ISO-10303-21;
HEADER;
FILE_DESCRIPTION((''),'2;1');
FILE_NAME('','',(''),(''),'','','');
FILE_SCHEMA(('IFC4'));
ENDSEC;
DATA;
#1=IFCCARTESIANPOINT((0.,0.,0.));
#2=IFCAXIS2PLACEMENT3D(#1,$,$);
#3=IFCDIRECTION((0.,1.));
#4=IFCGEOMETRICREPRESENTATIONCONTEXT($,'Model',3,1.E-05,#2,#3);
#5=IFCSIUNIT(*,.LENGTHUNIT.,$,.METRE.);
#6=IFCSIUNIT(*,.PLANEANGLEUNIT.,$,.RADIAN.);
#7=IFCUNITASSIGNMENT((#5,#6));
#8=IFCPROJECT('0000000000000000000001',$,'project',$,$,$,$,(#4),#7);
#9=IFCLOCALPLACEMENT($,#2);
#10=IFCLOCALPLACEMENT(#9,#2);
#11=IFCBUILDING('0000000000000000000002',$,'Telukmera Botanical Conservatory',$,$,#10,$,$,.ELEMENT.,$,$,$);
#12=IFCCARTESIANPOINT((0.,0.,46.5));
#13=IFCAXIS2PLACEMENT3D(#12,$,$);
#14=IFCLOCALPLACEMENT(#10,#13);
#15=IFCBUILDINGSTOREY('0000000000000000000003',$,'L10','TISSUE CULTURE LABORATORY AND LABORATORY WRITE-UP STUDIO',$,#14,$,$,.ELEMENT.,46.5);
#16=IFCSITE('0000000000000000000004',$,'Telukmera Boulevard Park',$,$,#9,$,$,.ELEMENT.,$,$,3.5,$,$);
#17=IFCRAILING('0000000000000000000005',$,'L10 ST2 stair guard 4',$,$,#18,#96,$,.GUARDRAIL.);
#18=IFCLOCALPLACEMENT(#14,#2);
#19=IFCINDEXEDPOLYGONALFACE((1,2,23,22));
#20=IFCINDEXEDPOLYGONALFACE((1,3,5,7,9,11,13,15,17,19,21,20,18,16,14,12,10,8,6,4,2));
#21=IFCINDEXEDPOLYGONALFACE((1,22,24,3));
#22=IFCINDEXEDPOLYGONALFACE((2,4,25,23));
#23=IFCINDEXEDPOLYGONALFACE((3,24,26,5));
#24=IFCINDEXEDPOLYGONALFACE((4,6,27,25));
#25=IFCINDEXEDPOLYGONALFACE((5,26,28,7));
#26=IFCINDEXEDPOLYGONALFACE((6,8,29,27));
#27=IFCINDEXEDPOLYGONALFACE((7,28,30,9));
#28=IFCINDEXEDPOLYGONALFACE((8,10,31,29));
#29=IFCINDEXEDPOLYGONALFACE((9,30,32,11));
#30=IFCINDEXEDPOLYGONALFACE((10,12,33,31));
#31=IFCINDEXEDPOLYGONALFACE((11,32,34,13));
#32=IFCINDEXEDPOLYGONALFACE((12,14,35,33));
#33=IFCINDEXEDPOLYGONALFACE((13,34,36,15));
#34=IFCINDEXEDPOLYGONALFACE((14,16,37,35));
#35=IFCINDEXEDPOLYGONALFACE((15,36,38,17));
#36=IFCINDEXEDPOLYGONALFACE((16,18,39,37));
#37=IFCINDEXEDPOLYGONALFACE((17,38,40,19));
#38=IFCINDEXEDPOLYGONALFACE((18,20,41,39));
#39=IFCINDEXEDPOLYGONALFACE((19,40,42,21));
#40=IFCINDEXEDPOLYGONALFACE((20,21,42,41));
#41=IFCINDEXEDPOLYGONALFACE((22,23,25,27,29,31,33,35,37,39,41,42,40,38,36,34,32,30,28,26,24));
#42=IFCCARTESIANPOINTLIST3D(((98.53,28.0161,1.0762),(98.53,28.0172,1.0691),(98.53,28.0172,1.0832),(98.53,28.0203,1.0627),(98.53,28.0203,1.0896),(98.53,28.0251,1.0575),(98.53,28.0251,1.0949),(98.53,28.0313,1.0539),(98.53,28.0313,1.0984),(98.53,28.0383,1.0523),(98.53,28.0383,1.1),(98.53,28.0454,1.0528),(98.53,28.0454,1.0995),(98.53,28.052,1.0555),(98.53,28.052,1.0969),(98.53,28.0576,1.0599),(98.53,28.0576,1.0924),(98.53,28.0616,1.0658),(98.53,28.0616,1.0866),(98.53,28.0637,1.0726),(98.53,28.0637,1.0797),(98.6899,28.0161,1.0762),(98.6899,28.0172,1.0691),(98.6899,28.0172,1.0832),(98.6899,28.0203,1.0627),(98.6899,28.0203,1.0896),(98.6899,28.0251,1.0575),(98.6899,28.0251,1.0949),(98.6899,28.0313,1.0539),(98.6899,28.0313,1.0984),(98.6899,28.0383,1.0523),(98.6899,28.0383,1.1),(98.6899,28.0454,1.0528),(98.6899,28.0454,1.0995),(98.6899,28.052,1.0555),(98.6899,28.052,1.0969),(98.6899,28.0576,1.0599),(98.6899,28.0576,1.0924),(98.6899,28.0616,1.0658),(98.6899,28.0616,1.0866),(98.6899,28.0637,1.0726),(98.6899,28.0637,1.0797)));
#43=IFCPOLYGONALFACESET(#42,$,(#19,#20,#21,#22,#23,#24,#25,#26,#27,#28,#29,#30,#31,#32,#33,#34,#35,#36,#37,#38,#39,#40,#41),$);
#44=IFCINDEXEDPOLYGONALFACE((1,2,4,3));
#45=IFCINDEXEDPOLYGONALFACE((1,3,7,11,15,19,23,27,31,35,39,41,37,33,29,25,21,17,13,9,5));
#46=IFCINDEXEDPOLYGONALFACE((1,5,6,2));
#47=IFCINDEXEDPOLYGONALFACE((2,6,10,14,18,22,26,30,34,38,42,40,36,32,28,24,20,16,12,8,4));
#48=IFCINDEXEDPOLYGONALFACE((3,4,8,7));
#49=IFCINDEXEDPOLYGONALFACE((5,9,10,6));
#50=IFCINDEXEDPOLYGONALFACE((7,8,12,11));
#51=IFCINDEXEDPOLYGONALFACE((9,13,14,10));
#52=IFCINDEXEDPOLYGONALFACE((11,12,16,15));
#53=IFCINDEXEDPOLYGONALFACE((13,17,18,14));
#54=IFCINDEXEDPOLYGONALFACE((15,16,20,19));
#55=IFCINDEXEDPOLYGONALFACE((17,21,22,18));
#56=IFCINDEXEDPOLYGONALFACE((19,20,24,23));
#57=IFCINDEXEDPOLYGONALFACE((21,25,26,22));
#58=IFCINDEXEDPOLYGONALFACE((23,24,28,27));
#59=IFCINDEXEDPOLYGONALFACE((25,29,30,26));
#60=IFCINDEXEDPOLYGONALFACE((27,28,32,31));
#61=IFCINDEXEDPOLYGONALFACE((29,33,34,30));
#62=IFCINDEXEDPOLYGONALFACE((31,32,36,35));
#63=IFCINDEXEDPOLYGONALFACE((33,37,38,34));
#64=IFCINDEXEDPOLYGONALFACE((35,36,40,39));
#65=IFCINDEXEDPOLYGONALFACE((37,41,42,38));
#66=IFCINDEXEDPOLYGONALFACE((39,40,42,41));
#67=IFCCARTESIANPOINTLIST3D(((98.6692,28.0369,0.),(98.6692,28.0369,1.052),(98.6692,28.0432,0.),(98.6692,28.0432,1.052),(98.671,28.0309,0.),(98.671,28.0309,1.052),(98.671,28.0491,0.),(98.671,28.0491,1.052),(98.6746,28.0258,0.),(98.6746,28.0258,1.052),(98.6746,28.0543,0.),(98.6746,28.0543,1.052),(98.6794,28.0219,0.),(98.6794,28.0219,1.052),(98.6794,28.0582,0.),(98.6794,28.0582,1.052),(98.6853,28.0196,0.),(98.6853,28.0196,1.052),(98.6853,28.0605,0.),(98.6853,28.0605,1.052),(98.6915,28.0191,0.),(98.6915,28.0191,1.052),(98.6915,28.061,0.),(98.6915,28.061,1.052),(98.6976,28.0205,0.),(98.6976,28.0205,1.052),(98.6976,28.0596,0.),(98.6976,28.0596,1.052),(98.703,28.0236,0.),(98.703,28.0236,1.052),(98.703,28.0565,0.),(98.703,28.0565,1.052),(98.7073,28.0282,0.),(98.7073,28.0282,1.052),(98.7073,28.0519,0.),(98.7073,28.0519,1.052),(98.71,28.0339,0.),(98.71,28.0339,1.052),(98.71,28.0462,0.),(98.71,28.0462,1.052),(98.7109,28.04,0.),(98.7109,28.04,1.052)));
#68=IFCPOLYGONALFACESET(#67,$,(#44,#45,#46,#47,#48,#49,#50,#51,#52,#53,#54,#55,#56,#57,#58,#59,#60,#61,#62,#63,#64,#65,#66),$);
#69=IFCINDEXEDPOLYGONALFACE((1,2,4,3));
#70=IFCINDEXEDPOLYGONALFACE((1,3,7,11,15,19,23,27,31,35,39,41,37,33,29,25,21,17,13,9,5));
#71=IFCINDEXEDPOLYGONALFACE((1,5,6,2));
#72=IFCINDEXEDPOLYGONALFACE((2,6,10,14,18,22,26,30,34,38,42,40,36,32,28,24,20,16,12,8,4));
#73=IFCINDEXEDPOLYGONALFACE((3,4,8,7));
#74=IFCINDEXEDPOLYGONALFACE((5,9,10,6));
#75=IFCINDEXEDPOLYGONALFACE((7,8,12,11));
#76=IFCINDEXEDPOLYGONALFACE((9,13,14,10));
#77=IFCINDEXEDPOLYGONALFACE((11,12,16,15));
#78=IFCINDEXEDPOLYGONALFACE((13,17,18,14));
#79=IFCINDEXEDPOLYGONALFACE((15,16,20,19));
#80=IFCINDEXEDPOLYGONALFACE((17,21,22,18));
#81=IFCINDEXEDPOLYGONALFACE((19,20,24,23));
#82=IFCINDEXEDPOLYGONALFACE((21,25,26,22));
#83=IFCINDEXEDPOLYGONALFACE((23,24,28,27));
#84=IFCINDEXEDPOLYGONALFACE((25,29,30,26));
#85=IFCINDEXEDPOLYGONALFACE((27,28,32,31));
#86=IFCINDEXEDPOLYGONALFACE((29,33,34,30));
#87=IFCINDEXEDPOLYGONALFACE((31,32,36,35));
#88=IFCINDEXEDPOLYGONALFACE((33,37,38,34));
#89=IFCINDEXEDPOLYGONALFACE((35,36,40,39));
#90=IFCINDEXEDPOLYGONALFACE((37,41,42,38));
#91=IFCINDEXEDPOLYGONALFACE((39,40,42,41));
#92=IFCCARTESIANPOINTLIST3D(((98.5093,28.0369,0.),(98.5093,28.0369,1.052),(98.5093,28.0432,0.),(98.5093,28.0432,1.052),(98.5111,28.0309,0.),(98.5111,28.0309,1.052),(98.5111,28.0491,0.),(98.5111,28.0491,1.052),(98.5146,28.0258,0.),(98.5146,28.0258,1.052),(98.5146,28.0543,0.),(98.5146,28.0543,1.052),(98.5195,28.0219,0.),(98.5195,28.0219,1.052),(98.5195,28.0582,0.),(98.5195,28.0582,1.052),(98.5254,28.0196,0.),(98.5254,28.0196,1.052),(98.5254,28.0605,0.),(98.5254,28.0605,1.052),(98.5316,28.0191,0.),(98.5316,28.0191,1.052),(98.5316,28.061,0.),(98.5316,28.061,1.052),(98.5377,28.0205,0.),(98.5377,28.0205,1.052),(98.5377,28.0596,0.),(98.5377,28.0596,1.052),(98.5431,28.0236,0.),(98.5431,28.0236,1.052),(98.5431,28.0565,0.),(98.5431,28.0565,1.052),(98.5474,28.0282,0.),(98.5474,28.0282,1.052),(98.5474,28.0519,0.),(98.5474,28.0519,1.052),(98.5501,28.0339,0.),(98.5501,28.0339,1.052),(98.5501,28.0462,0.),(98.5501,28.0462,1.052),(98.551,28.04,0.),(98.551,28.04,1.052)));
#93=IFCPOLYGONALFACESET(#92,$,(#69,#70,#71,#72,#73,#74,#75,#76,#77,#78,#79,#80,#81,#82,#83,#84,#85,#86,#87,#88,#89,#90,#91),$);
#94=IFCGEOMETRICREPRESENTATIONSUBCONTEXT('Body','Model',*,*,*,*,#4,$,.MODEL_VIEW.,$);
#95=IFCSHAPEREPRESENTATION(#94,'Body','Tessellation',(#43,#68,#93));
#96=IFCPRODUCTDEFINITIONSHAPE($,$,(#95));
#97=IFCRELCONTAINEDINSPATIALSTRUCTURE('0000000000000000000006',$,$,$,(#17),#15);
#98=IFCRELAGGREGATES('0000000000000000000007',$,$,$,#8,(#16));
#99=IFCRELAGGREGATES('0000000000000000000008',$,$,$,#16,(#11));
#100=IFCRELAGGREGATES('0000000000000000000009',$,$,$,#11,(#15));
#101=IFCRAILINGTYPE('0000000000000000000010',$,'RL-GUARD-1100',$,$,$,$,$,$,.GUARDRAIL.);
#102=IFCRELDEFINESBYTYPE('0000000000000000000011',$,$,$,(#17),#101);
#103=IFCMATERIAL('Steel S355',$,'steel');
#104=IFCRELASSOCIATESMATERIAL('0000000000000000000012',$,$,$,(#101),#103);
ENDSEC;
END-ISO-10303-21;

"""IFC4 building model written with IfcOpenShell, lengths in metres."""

from ifc_helpers import new_model, si_unit, direction, frame, origin, origin_2d, place, context, subcontext, project, spatial, circle, extrude, material, type_object, element, save


model = new_model("IFC4")

# Units and contexts
model_context = context("Model", 3, precision=1e-05, world=origin(), true_north=direction((0.0, 1.0)))
body_context = subcontext(model_context, "Body", "Model", "MODEL_VIEW")
ifc_project = project(units=[si_unit("LENGTHUNIT", "METRE"), si_unit("PLANEANGLEUNIT", "RADIAN")], contexts=[model_context])

# Site, building, storey
site_placement = place(None, origin())
site = spatial("IfcSite", under=ifc_project, at=site_placement, Name="Telukmera Boulevard Park", CompositionType="ELEMENT", RefElevation=3.5)
building_placement = place(site_placement, origin())
building = spatial("IfcBuilding", under=site, at=building_placement, Name="Telukmera Botanical Conservatory", CompositionType="ELEMENT")
storey_placement = place(building_placement, frame((0.0, 0.0, 46.5)))
storey = spatial("IfcBuildingStorey", under=building, at=storey_placement, Name="L10", Description="TISSUE CULTURE LABORATORY AND LABORATORY WRITE-UP STUDIO", CompositionType="ELEMENT", Elevation=46.5)

# Railing
ifc_material_1 = material(Name="Steel S355", Category="steel")
railing_type_1 = type_object("IfcRailingType", Name="RL-GUARD-1100", PredefinedType="GUARDRAIL", material=ifc_material_1)
railing_1_placement = place(storey_placement, frame((98.6899, 28.04, 0.0)))
element("IfcRailing", 1, at=railing_1_placement, inside=storey, type_object=railing_type_1, Name="L10 ST2 stair guard 4", PredefinedType="GUARDRAIL", context=body_context, shape_type="SweptSolid", body=[
    extrude(circle(Radius=0.0239, at=origin_2d()), frame((0.0, 0.0, 1.0762), z_axis=(-1.0, 0.0, 0.0), x_axis=(0.0, -1.0, 0.0)), (0.0, 0.0, 1.0), 0.1599),
    extrude(circle(Radius=0.021, at=origin_2d()), origin(), (0.0, 0.0, 1.0), 1.052),
    extrude(circle(Radius=0.021, at=origin_2d()), frame((-0.1599, 0.0, 0.0)), (0.0, 0.0, 1.0), 1.052),
])

save(model, "model.ifc")
